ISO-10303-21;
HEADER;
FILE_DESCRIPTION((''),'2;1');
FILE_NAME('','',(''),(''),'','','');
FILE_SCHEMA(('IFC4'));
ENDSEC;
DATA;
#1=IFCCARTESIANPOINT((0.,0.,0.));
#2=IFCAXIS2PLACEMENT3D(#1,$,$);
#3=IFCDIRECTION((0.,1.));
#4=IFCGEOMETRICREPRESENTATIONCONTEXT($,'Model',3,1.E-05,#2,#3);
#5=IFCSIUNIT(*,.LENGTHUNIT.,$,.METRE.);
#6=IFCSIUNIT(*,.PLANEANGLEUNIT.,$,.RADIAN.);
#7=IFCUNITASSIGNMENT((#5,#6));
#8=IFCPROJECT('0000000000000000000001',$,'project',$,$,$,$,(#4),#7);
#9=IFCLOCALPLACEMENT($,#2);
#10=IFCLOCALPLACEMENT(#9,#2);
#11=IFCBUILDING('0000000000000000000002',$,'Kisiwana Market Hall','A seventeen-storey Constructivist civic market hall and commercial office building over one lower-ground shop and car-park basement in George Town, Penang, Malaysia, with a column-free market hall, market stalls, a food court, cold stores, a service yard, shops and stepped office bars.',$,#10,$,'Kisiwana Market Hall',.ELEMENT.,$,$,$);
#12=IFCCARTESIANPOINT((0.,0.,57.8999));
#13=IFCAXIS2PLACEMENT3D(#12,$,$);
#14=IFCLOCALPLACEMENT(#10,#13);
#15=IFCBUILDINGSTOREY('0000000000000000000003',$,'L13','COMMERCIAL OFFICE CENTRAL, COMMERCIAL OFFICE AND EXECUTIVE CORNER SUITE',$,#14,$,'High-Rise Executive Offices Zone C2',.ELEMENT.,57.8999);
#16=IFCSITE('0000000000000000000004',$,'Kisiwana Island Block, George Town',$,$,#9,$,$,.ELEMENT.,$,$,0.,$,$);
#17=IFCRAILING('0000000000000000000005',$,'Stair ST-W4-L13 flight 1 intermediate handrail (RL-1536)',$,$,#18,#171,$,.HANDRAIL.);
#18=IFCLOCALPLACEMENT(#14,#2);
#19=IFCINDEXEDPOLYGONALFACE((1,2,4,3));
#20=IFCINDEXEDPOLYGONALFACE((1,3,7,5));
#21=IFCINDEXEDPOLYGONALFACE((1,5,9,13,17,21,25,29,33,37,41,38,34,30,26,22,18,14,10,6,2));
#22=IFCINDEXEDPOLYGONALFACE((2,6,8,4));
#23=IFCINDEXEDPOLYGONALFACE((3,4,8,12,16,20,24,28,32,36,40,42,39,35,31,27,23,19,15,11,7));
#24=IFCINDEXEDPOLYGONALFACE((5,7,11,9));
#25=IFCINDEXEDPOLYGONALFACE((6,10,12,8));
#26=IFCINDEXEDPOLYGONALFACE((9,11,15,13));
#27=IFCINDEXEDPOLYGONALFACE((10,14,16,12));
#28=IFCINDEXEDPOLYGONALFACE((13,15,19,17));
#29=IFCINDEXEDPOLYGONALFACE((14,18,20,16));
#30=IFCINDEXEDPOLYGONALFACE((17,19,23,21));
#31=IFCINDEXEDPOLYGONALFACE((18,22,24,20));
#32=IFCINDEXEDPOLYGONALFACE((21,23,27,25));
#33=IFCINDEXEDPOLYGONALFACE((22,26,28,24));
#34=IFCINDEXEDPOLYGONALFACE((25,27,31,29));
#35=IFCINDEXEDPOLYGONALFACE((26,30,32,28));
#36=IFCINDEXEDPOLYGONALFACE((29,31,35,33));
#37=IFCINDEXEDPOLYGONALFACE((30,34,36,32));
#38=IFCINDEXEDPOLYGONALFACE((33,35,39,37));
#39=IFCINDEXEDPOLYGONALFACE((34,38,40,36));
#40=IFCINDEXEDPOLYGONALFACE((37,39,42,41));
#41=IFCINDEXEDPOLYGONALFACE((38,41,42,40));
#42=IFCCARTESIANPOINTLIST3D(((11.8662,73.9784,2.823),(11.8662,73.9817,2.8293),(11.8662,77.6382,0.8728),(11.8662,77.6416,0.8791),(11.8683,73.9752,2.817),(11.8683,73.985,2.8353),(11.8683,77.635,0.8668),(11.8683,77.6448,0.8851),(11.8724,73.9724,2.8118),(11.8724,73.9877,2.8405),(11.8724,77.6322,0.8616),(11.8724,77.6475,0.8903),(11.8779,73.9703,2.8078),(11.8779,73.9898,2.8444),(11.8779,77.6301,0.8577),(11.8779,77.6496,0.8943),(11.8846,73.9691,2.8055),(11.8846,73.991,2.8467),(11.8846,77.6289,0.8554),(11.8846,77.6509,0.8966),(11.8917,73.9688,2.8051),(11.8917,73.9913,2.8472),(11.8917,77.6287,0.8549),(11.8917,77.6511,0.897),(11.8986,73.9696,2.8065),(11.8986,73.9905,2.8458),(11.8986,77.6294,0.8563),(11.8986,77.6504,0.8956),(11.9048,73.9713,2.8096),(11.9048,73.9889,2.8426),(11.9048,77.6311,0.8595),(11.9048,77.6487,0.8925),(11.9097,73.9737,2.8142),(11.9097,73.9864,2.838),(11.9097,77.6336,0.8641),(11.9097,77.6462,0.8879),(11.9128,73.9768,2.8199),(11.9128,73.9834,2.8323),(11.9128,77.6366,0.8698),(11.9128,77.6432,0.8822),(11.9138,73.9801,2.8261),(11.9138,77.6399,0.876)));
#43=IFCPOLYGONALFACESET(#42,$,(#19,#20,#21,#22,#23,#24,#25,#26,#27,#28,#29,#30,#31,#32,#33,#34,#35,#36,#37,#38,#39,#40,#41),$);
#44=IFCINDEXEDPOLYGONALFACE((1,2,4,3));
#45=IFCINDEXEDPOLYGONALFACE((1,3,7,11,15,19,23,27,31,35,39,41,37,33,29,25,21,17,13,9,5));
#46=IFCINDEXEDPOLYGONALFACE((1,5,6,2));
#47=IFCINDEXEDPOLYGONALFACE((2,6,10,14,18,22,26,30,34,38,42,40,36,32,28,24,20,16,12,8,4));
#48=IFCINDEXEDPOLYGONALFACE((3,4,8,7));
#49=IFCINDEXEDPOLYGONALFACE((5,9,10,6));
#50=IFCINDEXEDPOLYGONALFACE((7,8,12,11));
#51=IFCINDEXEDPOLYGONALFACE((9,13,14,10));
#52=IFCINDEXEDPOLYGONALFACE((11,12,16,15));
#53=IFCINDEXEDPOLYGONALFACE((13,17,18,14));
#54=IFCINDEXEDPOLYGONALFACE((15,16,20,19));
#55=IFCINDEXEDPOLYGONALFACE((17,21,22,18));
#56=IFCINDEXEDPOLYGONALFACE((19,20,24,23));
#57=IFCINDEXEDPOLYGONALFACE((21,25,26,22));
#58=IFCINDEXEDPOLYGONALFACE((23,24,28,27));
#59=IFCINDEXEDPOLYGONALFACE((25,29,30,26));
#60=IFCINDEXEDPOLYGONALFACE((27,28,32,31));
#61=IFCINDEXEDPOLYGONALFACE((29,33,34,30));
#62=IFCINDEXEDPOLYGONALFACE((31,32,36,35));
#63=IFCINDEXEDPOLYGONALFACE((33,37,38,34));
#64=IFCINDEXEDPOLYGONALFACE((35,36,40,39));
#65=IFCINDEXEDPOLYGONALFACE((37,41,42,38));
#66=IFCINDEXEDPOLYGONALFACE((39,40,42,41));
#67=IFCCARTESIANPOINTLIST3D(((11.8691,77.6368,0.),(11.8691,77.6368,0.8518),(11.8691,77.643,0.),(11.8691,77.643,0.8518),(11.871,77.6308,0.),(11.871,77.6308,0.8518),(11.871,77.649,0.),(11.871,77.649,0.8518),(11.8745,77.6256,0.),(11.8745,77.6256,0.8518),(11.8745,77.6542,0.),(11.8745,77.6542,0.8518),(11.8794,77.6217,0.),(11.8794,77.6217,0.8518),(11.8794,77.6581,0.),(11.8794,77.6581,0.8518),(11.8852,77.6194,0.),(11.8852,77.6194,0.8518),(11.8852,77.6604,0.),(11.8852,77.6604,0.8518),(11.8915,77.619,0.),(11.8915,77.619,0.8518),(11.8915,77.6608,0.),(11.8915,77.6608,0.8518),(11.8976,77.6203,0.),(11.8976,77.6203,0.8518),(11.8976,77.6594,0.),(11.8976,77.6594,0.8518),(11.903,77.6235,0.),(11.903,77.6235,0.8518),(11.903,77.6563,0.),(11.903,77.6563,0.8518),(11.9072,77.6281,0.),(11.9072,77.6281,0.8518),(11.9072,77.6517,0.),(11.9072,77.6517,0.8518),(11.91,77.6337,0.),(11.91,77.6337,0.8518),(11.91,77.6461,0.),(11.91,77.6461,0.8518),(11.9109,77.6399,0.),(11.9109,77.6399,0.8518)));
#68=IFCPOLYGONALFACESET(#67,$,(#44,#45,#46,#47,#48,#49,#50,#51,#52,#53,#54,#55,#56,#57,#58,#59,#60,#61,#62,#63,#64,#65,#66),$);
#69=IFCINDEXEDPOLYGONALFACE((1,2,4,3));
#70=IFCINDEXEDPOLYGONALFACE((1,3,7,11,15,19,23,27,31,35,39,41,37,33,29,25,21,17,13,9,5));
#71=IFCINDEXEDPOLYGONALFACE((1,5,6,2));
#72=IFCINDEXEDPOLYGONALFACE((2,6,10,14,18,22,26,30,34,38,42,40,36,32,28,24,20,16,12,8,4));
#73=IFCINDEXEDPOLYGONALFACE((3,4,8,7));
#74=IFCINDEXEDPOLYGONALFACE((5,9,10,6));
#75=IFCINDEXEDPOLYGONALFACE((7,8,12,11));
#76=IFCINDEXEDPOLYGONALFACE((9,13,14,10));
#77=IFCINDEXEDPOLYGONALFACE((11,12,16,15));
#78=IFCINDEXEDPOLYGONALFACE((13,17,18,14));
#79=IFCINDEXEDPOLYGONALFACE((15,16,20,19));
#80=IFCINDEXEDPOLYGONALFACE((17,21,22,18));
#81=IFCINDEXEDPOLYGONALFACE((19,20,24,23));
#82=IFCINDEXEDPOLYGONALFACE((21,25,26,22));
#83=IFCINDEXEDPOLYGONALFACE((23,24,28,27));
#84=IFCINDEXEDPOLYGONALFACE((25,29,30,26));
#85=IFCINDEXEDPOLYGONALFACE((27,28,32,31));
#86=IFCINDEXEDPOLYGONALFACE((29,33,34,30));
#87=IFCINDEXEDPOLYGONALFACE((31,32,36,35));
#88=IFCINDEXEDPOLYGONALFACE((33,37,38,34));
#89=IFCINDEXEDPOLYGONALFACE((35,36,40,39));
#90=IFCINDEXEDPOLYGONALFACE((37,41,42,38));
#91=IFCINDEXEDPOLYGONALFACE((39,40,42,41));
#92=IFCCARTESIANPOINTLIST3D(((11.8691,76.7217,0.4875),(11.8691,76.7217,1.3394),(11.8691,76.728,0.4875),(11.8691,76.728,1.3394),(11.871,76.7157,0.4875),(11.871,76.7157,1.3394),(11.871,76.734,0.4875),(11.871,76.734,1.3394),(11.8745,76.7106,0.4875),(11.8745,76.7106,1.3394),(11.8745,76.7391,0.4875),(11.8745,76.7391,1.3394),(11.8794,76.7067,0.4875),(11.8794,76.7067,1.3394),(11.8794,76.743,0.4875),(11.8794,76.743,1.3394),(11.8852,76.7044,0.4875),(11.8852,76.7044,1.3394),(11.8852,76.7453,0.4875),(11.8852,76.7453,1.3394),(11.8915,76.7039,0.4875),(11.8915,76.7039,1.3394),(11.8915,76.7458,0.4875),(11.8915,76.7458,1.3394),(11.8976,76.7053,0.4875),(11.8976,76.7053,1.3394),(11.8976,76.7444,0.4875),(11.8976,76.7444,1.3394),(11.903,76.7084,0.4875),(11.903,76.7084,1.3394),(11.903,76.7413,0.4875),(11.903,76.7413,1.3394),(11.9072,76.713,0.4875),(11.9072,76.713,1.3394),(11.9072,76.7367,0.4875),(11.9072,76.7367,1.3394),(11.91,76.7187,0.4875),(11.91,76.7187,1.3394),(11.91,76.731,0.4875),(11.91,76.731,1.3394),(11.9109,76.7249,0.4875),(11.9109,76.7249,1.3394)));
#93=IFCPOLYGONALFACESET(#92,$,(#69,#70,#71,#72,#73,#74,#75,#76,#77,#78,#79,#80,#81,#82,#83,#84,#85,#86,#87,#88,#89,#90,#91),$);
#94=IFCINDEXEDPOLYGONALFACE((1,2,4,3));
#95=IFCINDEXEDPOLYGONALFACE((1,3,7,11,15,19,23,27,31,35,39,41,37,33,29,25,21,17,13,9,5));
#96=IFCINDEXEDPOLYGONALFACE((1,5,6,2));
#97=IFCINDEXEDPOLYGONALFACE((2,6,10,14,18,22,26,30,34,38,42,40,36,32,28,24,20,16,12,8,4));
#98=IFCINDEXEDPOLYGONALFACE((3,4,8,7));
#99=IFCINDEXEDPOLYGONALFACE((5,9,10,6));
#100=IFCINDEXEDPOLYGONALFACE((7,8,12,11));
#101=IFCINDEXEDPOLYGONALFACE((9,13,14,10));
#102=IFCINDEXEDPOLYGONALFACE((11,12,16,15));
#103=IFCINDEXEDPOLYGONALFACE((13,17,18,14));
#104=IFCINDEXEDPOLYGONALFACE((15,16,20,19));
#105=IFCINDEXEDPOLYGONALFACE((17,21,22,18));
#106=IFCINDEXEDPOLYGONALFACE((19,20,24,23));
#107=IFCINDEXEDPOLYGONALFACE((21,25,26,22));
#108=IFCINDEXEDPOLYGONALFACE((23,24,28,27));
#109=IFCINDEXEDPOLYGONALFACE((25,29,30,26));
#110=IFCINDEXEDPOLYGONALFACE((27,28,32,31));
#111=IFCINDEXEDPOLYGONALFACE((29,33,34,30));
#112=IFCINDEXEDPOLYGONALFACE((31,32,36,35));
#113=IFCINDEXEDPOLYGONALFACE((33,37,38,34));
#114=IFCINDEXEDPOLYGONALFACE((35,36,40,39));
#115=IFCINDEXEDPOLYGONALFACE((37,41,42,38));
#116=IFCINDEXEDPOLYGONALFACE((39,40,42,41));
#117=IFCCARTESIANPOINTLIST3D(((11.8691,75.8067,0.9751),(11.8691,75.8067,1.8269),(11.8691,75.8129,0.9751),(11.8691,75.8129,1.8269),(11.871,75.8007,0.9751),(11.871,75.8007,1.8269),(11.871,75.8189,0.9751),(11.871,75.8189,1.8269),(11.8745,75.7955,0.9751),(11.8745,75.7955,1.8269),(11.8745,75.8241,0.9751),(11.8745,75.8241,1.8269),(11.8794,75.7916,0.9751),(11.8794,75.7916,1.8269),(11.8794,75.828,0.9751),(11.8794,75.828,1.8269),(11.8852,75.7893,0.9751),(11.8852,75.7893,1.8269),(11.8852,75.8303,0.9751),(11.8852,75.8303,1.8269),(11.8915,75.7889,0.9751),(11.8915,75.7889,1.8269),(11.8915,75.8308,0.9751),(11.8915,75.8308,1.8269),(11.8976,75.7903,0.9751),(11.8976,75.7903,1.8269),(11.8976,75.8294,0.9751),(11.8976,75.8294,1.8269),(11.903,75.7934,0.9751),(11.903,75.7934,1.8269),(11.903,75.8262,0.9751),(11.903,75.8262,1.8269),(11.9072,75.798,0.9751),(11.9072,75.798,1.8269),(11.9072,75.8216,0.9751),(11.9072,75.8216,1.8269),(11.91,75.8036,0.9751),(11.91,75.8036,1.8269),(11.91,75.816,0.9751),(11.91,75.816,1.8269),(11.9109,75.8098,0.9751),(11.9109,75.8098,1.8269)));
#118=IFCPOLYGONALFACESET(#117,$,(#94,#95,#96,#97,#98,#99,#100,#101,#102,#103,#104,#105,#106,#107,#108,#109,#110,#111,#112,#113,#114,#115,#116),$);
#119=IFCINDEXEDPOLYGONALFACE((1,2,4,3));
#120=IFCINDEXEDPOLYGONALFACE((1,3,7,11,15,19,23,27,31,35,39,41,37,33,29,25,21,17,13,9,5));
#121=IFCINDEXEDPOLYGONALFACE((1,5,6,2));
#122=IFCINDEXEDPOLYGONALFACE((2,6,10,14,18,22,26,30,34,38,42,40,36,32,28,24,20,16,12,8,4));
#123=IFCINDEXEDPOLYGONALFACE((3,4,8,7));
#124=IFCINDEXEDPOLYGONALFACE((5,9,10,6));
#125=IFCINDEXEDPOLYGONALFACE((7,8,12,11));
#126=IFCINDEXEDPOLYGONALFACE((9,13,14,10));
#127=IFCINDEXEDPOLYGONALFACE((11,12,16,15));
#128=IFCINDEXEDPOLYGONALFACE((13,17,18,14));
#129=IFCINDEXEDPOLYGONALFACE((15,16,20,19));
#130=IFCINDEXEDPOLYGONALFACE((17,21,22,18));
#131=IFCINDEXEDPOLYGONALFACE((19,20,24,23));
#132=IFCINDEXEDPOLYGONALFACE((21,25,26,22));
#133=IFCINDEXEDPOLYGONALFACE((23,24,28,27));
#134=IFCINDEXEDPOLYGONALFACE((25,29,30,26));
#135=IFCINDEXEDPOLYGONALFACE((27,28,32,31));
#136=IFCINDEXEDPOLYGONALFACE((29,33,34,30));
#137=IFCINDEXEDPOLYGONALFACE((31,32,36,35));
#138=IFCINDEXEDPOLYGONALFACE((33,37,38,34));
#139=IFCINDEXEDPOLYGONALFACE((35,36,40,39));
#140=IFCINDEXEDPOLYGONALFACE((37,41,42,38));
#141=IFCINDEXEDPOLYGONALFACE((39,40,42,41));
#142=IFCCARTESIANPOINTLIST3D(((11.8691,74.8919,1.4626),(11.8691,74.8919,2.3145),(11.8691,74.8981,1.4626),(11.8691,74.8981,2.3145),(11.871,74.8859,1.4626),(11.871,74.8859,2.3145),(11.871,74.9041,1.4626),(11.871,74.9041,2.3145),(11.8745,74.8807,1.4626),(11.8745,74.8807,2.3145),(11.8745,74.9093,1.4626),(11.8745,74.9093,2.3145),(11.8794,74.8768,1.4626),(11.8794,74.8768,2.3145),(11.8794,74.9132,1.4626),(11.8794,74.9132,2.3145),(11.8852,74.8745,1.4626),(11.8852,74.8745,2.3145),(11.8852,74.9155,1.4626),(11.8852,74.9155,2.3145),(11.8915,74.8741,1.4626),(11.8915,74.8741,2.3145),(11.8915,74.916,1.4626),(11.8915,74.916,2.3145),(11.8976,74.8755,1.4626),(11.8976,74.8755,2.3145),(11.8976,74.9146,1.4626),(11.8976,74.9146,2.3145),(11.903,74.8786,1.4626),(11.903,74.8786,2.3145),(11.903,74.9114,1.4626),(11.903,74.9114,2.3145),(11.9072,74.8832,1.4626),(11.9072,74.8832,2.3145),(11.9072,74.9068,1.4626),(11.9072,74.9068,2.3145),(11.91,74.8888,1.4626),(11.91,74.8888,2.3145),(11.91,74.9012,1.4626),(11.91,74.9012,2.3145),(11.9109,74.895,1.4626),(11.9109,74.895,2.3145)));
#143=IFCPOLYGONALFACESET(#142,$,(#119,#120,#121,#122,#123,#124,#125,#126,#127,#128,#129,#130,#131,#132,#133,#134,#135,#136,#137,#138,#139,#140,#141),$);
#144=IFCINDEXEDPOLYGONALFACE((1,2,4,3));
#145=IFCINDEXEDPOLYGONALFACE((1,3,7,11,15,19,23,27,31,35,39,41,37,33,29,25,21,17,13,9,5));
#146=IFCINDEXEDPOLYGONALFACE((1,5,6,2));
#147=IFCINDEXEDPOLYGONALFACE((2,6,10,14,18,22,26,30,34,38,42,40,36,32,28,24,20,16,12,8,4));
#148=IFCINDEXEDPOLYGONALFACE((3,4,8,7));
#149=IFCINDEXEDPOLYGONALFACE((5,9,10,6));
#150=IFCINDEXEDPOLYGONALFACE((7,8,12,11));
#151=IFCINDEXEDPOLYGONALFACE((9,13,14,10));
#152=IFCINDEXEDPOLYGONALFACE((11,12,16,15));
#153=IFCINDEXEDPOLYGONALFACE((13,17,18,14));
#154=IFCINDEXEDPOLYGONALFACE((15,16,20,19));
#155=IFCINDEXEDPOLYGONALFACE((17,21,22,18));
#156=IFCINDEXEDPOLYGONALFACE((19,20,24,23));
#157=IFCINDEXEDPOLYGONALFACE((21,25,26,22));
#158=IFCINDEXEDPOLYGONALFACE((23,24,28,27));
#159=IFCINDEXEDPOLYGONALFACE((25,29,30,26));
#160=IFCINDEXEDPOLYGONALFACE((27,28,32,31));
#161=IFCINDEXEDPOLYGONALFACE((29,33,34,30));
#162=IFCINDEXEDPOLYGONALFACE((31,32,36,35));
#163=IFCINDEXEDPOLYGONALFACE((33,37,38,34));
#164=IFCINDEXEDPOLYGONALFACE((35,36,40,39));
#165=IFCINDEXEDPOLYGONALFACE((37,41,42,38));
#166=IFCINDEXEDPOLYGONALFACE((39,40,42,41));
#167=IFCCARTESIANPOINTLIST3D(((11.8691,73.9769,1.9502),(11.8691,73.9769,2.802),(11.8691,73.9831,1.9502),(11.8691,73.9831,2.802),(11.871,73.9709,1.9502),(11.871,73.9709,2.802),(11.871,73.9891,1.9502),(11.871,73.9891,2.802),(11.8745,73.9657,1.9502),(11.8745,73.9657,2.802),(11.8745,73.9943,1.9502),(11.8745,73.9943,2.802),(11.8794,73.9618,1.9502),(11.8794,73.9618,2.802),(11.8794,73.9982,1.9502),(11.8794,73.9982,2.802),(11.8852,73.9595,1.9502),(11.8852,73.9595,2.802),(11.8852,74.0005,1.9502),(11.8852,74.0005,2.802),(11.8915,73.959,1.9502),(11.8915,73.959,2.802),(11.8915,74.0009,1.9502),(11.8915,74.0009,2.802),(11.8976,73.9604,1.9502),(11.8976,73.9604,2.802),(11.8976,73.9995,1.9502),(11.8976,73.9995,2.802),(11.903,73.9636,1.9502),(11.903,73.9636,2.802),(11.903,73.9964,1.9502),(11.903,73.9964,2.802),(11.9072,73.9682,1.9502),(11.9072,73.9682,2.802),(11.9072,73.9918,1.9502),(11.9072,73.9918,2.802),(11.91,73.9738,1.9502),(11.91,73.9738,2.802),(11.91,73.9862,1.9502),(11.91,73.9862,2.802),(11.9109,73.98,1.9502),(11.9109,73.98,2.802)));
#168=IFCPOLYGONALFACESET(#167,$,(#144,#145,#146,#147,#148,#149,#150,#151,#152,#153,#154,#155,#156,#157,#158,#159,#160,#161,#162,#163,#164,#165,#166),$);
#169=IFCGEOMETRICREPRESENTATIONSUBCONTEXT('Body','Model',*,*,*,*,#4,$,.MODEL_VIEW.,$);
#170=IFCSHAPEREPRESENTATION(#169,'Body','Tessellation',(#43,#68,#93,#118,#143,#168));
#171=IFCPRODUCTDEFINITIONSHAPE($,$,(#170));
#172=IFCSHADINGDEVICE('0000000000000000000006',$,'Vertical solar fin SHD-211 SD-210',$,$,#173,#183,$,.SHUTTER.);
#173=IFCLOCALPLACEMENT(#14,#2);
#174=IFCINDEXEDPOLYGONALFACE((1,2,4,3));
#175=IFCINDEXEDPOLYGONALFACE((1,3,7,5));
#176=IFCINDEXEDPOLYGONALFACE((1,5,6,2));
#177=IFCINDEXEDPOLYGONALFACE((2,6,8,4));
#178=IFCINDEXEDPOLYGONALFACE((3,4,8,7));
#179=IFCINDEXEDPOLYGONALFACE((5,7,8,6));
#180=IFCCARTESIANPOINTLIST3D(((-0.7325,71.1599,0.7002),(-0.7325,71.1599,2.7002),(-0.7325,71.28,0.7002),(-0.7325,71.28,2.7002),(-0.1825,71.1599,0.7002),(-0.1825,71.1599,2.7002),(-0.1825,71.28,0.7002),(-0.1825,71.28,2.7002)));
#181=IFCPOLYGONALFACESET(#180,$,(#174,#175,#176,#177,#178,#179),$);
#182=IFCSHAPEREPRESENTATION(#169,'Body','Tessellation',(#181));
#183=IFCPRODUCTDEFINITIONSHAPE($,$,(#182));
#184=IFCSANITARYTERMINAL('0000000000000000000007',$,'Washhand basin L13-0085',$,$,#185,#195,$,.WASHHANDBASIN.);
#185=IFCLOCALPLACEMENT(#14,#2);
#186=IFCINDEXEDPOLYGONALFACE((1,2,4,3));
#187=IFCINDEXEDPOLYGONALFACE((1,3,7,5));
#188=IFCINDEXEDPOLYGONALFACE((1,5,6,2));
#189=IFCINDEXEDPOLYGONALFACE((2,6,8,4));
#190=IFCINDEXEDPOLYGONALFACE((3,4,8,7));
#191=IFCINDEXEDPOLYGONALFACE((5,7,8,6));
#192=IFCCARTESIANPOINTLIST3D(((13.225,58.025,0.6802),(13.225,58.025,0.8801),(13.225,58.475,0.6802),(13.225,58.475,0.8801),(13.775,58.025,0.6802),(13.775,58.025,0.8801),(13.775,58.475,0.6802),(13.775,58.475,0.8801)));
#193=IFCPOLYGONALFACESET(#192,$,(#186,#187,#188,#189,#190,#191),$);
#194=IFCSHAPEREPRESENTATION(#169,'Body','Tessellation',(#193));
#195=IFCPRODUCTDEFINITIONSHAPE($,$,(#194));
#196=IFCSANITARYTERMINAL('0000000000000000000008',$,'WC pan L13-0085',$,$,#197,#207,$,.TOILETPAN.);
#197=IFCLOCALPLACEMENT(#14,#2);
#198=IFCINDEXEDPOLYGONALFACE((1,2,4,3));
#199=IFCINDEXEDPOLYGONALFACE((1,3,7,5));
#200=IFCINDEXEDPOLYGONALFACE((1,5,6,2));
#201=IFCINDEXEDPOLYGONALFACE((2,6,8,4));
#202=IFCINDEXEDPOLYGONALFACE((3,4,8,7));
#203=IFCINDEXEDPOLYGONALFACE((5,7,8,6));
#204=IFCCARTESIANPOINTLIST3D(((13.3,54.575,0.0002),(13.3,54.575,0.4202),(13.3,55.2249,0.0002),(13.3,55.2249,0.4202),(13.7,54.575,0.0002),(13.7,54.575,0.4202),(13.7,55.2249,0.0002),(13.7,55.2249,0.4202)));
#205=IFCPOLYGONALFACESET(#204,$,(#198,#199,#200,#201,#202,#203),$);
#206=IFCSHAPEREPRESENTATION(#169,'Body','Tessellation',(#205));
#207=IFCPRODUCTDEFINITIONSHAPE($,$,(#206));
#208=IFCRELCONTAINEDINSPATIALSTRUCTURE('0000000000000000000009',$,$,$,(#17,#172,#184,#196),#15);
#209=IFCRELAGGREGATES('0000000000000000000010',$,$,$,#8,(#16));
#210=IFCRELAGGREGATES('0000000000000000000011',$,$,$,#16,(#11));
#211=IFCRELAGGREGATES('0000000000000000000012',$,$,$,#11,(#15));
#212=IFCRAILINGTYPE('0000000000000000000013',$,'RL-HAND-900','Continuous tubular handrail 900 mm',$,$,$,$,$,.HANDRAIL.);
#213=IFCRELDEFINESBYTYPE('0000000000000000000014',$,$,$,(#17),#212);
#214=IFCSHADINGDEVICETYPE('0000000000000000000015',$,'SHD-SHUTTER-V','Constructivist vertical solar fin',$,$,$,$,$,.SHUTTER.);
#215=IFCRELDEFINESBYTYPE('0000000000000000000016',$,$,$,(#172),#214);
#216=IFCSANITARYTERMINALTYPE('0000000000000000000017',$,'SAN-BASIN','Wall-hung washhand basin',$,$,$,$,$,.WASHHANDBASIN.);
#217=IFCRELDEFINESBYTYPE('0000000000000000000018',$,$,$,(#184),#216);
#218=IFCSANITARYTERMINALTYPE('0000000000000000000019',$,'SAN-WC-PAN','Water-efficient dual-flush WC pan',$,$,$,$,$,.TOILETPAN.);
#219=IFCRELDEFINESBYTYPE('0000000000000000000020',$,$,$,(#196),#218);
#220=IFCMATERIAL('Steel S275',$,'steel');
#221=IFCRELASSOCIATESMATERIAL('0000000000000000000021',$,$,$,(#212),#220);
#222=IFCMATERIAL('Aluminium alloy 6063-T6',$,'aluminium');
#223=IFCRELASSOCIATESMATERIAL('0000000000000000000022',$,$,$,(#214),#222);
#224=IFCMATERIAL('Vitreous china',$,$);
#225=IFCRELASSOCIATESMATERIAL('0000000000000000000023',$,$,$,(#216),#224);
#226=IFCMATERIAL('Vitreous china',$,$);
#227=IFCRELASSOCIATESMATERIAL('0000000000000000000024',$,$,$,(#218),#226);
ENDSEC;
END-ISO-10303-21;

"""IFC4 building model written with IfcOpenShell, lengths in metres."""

from ifc_helpers import new_model, si_unit, direction, frame, origin, origin_2d, place, context, subcontext, project, spatial, rectangle, circle, extrude, material, type_object, element, save


model = new_model("IFC4")

# Units and contexts
model_context = context("Model", 3, precision=1e-05, world=origin(), true_north=direction((0.0, 1.0)))
body_context = subcontext(model_context, "Body", "Model", "MODEL_VIEW")
ifc_project = project(units=[si_unit("LENGTHUNIT", "METRE"), si_unit("PLANEANGLEUNIT", "RADIAN")], contexts=[model_context])

# Site, building, storey
site_placement = place(None, origin())
site = spatial("IfcSite", under=ifc_project, at=site_placement, Name="Kisiwana Island Block, George Town", CompositionType="ELEMENT", RefElevation=0.0)
building_placement = place(site_placement, origin())
building = spatial("IfcBuilding", under=site, at=building_placement, Name="Kisiwana Market Hall", Description="A seventeen-storey Constructivist civic market hall and commercial office building over one lower-ground shop and car-park basement in George Town, Penang, Malaysia, with a column-free market hall, market stalls, a food court, cold stores, a service yard, shops and stepped office bars.", LongName="Kisiwana Market Hall", CompositionType="ELEMENT")
storey_placement = place(building_placement, frame((0.0, 0.0, 57.8999)))
storey = spatial("IfcBuildingStorey", under=building, at=storey_placement, Name="L13", Description="COMMERCIAL OFFICE CENTRAL, COMMERCIAL OFFICE AND EXECUTIVE CORNER SUITE", LongName="High-Rise Executive Offices Zone C2", CompositionType="ELEMENT", Elevation=57.8999)

# Railing
ifc_material_1 = material(Name="Steel S275", Category="steel")
railing_type_1 = type_object("IfcRailingType", Name="RL-HAND-900", Description="Continuous tubular handrail 900 mm", PredefinedType="HANDRAIL", material=ifc_material_1)
for number, where, name in (
    (1, (11.8899, 77.6399, 0.0), "Stair ST-W4-L13 flight 1 intermediate handrail (RL-1536)"),
):
    element("IfcRailing", number, at=place(storey_placement, frame(where)), inside=storey, type_object=railing_type_1, Name=name, PredefinedType="HANDRAIL", context=body_context, shape_type="SweptSolid", body=[
        extrude(circle(Radius=0.0239, at=origin_2d()), frame((0.0, 0.0, 0.876), z_axis=(0.0, -0.882529, 0.470258), x_axis=(1.0, 0.0, 0.0)), (0.0, 0.0, 1.0), 4.147),
        extrude(circle(Radius=0.021, at=origin_2d()), origin(), (0.0, 0.0, 1.0), 0.8518),
        extrude(circle(Radius=0.021, at=origin_2d()), frame((0.0, -0.915, 0.4875)), (0.0, 0.0, 1.0), 0.8518),
        extrude(circle(Radius=0.021, at=origin_2d()), frame((0.0, -1.8301, 0.9751)), (0.0, 0.0, 1.0), 0.8518),
        extrude(circle(Radius=0.021, at=origin_2d()), frame((0.0, -2.7449, 1.4626)), (0.0, 0.0, 1.0), 0.8518),
        extrude(circle(Radius=0.021, at=origin_2d()), frame((0.0, -3.6599, 1.9502)), (0.0, 0.0, 1.0), 0.8518),
    ])

# Shading device
ifc_material_2 = material(Name="Aluminium alloy 6063-T6", Category="aluminium")
shading_device_type = type_object("IfcShadingDeviceType", Name="SHD-SHUTTER-V", Description="Constructivist vertical solar fin", PredefinedType="SHUTTER", material=ifc_material_2)
shading_device_placement = place(storey_placement, frame((-0.4575, 71.22, 0.7002), z_axis=(0.0, 0.0, 1.0), x_axis=(0.0, 1.0, 0.0)))
element("IfcShadingDevice", 2, at=shading_device_placement, inside=storey, type_object=shading_device_type, Name="Vertical solar fin SHD-211 SD-210", PredefinedType="SHUTTER", context=body_context, shape_type="SweptSolid", body=[
    extrude(rectangle(XDim=0.1201, YDim=0.55, at=origin_2d()), origin(), (0.0, 0.0, 1.0), 2.0),
])

# Sanitary terminals
ifc_material_3 = material(Name="Vitreous china")
sanitary_terminal_type_1 = type_object("IfcSanitaryTerminalType", Name="SAN-BASIN", Description="Wall-hung washhand basin", PredefinedType="WASHHANDBASIN", material=ifc_material_3)
sanitary_terminal_placement = place(storey_placement, frame((13.5, 58.25, 0.6802), z_axis=(0.0, 0.0, 1.0), x_axis=(1.0, 0.0, 0.0)))
element("IfcSanitaryTerminal", 3, at=sanitary_terminal_placement, inside=storey, type_object=sanitary_terminal_type_1, Name="Washhand basin L13-0085", PredefinedType="WASHHANDBASIN", context=body_context, shape_type="SweptSolid", body=[
    extrude(rectangle(XDim=0.55, YDim=0.45, at=origin_2d()), origin(), (0.0, 0.0, 1.0), 0.2),
])
ifc_material_4 = material(Name="Vitreous china")
sanitary_terminal_type_2 = type_object("IfcSanitaryTerminalType", Name="SAN-WC-PAN", Description="Water-efficient dual-flush WC pan", PredefinedType="TOILETPAN", material=ifc_material_4)
for number, where, z_axis, x_axis, name in (
    (4, (13.5, 54.8999, 0.0002), (0.0, 0.0, 1.0), (1.0, 0.0, 0.0), "WC pan L13-0085"),
):
    element("IfcSanitaryTerminal", number, at=place(storey_placement, frame(where, z_axis=z_axis, x_axis=x_axis)), inside=storey, type_object=sanitary_terminal_type_2, Name=name, PredefinedType="TOILETPAN", context=body_context, shape_type="SweptSolid", body=[
        extrude(rectangle(XDim=0.3999, YDim=0.6499, at=origin_2d()), origin(), (0.0, 0.0, 1.0), 0.4199),
    ])

save(model, "model.ifc")
